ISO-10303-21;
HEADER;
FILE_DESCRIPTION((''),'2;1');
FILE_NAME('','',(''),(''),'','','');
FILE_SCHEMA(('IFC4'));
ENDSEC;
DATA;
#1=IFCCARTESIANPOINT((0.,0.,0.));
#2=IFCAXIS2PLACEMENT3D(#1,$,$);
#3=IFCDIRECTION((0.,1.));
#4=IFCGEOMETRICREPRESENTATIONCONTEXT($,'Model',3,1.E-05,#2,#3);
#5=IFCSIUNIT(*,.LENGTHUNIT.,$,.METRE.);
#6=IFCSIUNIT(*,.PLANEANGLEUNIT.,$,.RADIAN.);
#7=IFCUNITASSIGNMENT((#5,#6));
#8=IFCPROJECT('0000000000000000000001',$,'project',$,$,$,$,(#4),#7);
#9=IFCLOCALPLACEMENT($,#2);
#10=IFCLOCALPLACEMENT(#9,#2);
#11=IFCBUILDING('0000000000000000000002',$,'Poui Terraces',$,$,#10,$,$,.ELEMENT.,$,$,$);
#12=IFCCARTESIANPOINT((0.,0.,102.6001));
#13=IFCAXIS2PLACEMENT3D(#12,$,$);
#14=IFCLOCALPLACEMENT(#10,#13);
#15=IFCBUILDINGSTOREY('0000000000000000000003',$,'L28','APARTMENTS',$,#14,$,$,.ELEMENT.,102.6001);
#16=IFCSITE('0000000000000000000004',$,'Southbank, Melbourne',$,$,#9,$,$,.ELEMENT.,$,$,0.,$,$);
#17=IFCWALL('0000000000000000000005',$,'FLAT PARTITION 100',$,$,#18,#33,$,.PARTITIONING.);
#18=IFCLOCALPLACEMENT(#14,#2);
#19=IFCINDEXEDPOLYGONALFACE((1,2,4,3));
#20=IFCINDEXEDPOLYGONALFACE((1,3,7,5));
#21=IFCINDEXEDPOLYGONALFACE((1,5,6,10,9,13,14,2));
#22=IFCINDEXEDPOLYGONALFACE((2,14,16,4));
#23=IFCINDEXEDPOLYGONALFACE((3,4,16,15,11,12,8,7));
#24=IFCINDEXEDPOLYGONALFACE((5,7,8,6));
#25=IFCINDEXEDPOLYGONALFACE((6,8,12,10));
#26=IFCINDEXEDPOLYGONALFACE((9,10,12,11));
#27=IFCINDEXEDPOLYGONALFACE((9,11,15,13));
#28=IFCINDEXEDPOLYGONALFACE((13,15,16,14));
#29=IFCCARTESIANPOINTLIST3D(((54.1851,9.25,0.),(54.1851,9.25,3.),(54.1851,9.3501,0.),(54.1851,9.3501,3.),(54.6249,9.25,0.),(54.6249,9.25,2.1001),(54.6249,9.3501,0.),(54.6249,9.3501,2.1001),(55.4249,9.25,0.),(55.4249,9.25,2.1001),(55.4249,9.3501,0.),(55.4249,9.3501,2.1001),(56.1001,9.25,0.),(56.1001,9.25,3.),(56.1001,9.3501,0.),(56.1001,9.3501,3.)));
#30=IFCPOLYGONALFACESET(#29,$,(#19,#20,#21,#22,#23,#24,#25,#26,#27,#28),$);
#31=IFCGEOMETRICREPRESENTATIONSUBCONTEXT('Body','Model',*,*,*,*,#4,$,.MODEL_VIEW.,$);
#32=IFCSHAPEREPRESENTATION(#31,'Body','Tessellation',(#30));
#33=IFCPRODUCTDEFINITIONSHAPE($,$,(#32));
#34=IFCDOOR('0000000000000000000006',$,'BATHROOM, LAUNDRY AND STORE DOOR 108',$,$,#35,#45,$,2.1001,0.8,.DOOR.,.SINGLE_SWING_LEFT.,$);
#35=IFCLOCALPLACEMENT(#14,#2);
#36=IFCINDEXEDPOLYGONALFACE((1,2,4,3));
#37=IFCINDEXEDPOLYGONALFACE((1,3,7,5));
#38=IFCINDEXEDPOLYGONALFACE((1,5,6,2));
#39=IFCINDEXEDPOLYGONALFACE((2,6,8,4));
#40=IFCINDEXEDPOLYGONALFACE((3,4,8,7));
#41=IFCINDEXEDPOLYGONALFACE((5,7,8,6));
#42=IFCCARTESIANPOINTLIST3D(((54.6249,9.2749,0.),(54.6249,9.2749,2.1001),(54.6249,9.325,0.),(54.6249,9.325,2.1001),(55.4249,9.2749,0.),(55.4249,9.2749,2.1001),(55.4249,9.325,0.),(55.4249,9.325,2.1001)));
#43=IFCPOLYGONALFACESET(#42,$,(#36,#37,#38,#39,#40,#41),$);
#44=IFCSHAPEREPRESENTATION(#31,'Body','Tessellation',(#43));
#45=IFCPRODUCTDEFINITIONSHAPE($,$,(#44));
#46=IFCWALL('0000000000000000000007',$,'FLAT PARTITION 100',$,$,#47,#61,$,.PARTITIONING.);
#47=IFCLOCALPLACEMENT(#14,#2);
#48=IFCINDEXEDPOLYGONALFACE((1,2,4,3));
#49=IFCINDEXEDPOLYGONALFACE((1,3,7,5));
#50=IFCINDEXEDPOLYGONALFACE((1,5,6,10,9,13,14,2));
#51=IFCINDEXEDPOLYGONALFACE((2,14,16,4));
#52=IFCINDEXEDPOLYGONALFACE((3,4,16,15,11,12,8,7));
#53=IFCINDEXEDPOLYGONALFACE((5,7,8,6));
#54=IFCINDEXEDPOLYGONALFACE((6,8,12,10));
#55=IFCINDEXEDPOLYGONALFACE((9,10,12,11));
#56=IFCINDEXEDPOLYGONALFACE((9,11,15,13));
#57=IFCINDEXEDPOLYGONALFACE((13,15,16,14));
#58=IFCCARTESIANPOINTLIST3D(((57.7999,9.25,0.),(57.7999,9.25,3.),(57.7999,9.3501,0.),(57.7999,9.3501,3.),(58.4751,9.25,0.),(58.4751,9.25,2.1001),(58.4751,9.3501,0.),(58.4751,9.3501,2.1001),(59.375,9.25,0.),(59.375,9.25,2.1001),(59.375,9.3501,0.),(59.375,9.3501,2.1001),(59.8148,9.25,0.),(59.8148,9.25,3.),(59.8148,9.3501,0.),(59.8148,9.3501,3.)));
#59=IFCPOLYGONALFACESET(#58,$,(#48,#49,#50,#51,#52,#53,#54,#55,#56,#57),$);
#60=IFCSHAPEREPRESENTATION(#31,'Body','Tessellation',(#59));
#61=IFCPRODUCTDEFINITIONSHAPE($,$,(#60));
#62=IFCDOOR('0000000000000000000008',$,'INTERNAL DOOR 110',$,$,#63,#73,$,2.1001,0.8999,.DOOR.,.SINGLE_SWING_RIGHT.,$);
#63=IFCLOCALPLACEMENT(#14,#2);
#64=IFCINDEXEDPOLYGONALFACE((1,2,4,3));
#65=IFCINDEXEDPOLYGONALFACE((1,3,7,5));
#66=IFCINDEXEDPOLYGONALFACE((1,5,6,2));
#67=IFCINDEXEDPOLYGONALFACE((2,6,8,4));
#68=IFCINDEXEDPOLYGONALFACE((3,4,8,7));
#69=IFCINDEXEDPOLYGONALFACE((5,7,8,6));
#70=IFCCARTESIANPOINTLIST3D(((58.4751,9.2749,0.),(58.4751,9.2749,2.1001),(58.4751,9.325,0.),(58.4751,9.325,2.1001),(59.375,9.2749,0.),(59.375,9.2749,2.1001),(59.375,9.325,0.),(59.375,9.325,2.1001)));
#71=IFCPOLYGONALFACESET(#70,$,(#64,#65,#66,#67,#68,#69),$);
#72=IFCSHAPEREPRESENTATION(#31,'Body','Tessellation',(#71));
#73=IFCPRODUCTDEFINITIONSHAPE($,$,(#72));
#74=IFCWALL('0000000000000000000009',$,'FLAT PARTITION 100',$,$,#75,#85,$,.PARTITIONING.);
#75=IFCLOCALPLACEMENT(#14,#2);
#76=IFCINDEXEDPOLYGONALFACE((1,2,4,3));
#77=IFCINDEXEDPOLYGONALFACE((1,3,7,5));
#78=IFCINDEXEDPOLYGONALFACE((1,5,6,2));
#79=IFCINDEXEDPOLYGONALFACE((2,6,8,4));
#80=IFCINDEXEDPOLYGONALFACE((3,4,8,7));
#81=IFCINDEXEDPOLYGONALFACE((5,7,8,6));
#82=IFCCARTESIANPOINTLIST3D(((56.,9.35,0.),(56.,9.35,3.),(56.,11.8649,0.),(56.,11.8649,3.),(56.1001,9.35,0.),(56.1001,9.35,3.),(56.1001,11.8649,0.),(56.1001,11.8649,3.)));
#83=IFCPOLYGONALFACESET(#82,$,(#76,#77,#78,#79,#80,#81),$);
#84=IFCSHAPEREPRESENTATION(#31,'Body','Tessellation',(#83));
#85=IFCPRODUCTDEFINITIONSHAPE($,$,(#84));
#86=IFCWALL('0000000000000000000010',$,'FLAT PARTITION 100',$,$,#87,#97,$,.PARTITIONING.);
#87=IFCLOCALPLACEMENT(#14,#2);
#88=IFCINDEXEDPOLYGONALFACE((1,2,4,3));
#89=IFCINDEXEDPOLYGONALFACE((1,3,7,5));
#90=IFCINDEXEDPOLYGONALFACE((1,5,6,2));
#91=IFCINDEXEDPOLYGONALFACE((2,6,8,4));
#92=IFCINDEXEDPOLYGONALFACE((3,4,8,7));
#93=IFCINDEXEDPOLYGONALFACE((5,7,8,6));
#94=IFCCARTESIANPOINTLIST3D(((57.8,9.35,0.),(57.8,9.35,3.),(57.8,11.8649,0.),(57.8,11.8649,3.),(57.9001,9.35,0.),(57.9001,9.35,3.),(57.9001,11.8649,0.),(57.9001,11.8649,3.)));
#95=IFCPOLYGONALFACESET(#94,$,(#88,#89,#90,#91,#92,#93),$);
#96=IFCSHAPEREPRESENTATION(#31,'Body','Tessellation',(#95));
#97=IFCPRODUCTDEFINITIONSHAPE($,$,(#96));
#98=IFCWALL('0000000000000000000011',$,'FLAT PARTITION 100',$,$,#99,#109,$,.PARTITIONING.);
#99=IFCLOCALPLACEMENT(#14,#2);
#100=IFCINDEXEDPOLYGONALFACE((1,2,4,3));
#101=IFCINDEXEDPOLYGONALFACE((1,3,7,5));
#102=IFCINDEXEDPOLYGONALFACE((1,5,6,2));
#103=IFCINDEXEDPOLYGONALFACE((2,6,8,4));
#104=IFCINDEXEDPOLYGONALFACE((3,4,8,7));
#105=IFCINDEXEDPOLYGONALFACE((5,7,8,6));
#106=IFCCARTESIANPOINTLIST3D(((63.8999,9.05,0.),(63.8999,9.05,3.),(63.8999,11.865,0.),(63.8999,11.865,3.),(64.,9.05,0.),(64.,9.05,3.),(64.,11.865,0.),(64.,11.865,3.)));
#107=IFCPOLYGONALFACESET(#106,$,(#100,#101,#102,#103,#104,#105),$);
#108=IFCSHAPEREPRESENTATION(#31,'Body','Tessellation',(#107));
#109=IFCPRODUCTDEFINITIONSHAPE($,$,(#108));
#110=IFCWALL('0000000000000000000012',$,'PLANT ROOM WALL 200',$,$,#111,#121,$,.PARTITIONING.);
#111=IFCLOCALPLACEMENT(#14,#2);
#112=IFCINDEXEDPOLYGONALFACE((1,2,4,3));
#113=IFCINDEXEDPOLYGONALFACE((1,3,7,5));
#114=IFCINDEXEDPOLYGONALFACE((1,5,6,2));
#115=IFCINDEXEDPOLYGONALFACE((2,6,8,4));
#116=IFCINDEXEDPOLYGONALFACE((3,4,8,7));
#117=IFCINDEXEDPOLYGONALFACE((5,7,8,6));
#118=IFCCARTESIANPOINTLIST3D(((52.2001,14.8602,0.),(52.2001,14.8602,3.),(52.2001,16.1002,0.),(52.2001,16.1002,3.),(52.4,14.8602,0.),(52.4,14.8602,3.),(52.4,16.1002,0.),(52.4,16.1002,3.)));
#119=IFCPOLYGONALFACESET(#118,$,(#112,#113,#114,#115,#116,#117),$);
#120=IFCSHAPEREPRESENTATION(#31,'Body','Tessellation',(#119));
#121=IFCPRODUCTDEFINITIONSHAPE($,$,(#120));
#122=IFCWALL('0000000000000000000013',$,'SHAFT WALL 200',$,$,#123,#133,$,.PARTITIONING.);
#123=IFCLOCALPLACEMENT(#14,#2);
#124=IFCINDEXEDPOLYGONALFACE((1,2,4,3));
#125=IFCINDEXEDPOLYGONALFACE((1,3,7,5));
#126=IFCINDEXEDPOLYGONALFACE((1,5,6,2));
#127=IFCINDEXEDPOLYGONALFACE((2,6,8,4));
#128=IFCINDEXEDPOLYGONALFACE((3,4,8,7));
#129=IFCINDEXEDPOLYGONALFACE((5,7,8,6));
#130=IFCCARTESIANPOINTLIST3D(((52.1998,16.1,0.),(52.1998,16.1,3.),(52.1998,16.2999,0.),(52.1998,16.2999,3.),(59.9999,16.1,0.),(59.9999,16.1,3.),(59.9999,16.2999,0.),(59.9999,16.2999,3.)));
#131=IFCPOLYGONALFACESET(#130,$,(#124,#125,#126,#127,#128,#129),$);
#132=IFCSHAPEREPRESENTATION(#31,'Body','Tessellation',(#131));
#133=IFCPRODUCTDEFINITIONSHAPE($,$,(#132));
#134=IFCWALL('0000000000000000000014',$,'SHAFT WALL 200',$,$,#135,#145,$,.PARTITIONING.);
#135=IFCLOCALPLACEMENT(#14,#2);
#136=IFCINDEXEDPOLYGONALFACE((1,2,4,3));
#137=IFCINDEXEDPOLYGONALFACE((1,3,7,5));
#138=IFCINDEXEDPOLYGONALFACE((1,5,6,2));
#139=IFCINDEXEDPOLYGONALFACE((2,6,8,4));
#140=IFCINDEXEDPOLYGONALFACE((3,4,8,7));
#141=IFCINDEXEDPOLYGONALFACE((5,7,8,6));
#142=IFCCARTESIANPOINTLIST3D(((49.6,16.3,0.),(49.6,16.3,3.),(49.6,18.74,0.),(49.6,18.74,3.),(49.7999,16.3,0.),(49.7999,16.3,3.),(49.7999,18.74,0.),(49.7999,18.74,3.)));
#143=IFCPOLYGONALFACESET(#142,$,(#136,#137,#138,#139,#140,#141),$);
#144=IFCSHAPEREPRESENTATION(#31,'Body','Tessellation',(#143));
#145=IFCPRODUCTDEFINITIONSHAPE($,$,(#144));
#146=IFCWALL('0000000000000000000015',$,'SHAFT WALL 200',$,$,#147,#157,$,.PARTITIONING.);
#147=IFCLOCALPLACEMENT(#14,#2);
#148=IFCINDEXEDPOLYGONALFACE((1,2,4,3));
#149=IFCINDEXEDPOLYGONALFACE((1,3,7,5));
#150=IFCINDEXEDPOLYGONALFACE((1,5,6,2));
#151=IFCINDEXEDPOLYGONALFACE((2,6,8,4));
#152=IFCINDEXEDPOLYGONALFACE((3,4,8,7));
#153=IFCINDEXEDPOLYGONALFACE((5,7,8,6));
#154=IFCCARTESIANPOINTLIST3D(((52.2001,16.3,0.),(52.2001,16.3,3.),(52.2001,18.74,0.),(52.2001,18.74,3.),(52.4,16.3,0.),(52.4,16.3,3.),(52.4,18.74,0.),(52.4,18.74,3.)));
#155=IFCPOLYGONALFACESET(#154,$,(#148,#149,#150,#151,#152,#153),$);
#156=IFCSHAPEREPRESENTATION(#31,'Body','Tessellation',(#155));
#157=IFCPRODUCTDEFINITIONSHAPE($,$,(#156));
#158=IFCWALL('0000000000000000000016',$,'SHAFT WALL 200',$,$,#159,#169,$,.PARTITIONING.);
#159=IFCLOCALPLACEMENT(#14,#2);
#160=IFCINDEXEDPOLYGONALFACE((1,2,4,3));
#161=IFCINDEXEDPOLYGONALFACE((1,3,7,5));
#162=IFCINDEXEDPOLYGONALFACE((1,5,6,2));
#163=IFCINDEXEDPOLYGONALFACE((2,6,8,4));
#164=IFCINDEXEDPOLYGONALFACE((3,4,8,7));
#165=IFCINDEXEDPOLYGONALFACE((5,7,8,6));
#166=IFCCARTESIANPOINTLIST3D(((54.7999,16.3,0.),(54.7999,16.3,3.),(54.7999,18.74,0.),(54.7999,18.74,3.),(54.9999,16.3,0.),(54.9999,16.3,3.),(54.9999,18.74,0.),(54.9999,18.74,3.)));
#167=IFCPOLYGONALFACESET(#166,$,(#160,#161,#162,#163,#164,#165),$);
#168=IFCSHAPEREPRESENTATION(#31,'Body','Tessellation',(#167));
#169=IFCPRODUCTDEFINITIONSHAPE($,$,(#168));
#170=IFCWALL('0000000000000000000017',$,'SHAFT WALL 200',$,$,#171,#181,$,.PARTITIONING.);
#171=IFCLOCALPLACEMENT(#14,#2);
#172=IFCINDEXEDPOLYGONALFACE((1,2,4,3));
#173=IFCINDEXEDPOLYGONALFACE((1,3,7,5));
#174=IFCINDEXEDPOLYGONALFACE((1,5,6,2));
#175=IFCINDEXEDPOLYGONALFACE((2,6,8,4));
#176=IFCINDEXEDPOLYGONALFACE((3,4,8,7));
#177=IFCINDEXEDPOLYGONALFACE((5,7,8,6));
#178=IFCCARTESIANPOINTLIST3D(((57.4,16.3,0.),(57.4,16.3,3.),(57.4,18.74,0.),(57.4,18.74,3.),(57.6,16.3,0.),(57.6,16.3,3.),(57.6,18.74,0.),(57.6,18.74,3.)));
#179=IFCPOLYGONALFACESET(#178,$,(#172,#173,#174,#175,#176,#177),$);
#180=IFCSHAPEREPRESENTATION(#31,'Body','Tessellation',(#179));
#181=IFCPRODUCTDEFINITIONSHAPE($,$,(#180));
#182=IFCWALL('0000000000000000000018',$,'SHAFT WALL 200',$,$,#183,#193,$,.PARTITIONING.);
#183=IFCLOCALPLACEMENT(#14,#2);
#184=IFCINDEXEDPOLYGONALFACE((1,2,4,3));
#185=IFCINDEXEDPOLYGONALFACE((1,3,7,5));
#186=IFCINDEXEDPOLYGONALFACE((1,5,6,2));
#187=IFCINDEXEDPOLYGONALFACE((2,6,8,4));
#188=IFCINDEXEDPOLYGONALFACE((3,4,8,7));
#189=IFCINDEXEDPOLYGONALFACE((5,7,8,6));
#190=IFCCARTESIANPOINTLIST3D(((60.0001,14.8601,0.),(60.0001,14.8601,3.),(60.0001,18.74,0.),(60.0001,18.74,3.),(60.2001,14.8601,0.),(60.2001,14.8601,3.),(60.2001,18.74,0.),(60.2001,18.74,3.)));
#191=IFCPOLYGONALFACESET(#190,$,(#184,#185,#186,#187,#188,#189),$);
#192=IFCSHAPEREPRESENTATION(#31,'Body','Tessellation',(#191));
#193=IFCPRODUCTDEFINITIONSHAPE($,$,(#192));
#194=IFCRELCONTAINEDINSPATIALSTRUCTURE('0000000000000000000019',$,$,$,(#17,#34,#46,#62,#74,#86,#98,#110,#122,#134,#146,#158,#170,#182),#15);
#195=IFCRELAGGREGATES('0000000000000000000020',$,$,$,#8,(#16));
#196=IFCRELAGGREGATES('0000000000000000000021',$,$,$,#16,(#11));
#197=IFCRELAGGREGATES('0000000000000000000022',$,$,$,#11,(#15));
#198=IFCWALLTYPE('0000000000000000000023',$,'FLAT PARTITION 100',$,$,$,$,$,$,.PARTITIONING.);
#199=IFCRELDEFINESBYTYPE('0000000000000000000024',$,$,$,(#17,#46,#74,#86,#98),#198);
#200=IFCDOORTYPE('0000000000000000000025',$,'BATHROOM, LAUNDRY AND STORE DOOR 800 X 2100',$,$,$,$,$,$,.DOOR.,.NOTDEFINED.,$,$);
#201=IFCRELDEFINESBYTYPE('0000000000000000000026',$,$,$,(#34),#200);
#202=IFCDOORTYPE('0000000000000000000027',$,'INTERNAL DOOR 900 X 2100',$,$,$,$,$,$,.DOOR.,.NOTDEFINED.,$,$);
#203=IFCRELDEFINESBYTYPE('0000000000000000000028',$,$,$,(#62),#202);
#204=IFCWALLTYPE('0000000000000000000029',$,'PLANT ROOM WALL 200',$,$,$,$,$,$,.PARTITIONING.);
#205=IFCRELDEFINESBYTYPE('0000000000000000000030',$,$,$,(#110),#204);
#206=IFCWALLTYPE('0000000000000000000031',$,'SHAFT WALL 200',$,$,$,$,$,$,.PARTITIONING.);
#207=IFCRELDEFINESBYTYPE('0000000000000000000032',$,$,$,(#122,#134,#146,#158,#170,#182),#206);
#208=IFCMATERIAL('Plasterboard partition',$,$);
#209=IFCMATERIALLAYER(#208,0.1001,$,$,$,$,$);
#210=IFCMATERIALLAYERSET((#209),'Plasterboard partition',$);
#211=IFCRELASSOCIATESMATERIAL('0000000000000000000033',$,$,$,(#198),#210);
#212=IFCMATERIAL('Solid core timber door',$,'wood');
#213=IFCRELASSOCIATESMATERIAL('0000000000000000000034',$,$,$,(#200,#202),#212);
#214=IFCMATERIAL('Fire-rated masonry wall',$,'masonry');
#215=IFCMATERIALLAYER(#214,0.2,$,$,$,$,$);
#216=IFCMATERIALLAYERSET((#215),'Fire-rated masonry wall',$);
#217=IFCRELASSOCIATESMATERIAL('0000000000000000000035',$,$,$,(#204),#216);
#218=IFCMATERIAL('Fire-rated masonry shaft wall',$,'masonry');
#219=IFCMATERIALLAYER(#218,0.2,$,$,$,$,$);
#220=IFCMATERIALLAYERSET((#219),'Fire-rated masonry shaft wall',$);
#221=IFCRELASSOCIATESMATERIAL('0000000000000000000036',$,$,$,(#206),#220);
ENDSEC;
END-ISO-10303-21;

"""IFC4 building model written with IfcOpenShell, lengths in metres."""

from ifc_helpers import new_model, si_unit, direction, frame, frame_2d, origin, place, context, subcontext, project, spatial, rectangle, extrude, material, layer, layer_set, type_object, element, fill, save


model = new_model("IFC4")

# Units and contexts
model_context = context("Model", 3, precision=1e-05, world=origin(), true_north=direction((0.0, 1.0)))
body_context = subcontext(model_context, "Body", "Model", "MODEL_VIEW")
ifc_project = project(units=[si_unit("LENGTHUNIT", "METRE"), si_unit("PLANEANGLEUNIT", "RADIAN")], contexts=[model_context])

# Site, building, storey
site_placement = place(None, origin())
site = spatial("IfcSite", under=ifc_project, at=site_placement, Name="Southbank, Melbourne", CompositionType="ELEMENT", RefElevation=0.0)
building_placement = place(site_placement, origin())
building = spatial("IfcBuilding", under=site, at=building_placement, Name="Poui Terraces", CompositionType="ELEMENT")
storey_placement = place(building_placement, frame((0.0, 0.0, 102.6001)))
storey = spatial("IfcBuildingStorey", under=building, at=storey_placement, Name="L28", Description="APARTMENTS", CompositionType="ELEMENT", Elevation=102.6001)

# Walls, openings, doors
ifc_material_1 = material(Name="Plasterboard partition")
ifc_layer_1 = layer(ifc_material_1, 0.1001)
ifc_layer_set_1 = layer_set([ifc_layer_1], Name="Plasterboard partition")
wall_type_1 = type_object("IfcWallType", Name="FLAT PARTITION 100", PredefinedType="PARTITIONING", material=ifc_layer_set_1)
wall_1_placement = place(storey_placement, frame((54.1851, 9.3, 0.0), z_axis=(0.0, 0.0, 1.0), x_axis=(1.0, 0.0, 0.0)))
wall_1 = element("IfcWall", 1, at=wall_1_placement, inside=storey, type_object=wall_type_1, Name="FLAT PARTITION 100", PredefinedType="PARTITIONING", context=body_context, shape_type="SweptSolid", body=[
    extrude(rectangle(XDim=1.915, YDim=0.1001, at=frame_2d((0.9575, 0.0))), origin(), (0.0, 0.0, 1.0), 3.0),
])
opening_1_placement = place(wall_1_placement, frame((0.4399, 0.0, 0.0)))
opening_1 = element("IfcOpeningElement", 2, at=opening_1_placement, cuts=wall_1, PredefinedType="OPENING", context=body_context, shape_type="SweptSolid", body=[
    extrude(rectangle(XDim=0.8, YDim=2.1001, at=frame_2d((0.3999, 1.05))), frame((0.0, 0.0601, 0.0), z_axis=(0.0, -1.0, 0.0), x_axis=(1.0, 0.0, 0.0)), (0.0, 0.0, 1.0), 0.1201),
])
ifc_material_2 = material(Name="Solid core timber door", Category="wood")
door_type_1 = type_object("IfcDoorType", Name="BATHROOM, LAUNDRY AND STORE DOOR 800 X 2100", OperationType="NOTDEFINED", PredefinedType="DOOR", material=ifc_material_2)
door_1_placement = place(opening_1_placement, origin())
door_1 = element("IfcDoor", 3, at=door_1_placement, inside=storey, type_object=door_type_1, Name="BATHROOM, LAUNDRY AND STORE DOOR 108", OperationType="SINGLE_SWING_LEFT", OverallHeight=2.1001, OverallWidth=0.8, PredefinedType="DOOR", context=body_context, shape_type="SweptSolid", body=[
    extrude(rectangle(XDim=0.8, YDim=2.1001, at=frame_2d((0.3999, 1.05))), frame((0.0, 0.0249, 0.0), z_axis=(0.0, -1.0, 0.0), x_axis=(1.0, 0.0, 0.0)), (0.0, 0.0, 1.0), 0.05),
])
fill(opening_1, door_1)
wall_2_placement = place(storey_placement, frame((57.8, 9.3, 0.0), z_axis=(0.0, 0.0, 1.0), x_axis=(1.0, 0.0, 0.0)))
wall_2 = element("IfcWall", 4, at=wall_2_placement, inside=storey, type_object=wall_type_1, Name="FLAT PARTITION 100", PredefinedType="PARTITIONING", context=body_context, shape_type="SweptSolid", body=[
    extrude(rectangle(XDim=2.0149, YDim=0.1001, at=frame_2d((1.0073, 0.0))), origin(), (0.0, 0.0, 1.0), 3.0),
])
opening_2_placement = place(wall_2_placement, frame((0.675, 0.0, 0.0)))
opening_2 = element("IfcOpeningElement", 5, at=opening_2_placement, cuts=wall_2, PredefinedType="OPENING", context=body_context, shape_type="SweptSolid", body=[
    extrude(rectangle(XDim=0.8999, YDim=2.1001, at=frame_2d((0.45, 1.05))), frame((0.0, 0.0601, 0.0), z_axis=(0.0, -1.0, 0.0), x_axis=(1.0, 0.0, 0.0)), (0.0, 0.0, 1.0), 0.1201),
])
door_type_2 = type_object("IfcDoorType", Name="INTERNAL DOOR 900 X 2100", OperationType="NOTDEFINED", PredefinedType="DOOR", material=ifc_material_2)
door_2_placement = place(opening_2_placement, origin())
door_2 = element("IfcDoor", 6, at=door_2_placement, inside=storey, type_object=door_type_2, Name="INTERNAL DOOR 110", OperationType="SINGLE_SWING_RIGHT", OverallHeight=2.1001, OverallWidth=0.8999, PredefinedType="DOOR", context=body_context, shape_type="SweptSolid", body=[
    extrude(rectangle(XDim=0.8999, YDim=2.1001, at=frame_2d((0.45, 1.05))), frame((0.0, 0.0249, 0.0), z_axis=(0.0, -1.0, 0.0), x_axis=(1.0, 0.0, 0.0)), (0.0, 0.0, 1.0), 0.05),
])
fill(opening_2, door_2)

# Walls
for number, where, z_axis, x_axis, name in (
    (7, (56.05, 9.3501, 0.0), (0.0, 0.0, 1.0), (0.0, 1.0, 0.0), "FLAT PARTITION 100"),
    (8, (57.8501, 9.3501, 0.0), (0.0, 0.0, 1.0), (0.0, 1.0, 0.0), "FLAT PARTITION 100"),
):
    element("IfcWall", number, at=place(storey_placement, frame(where, z_axis=z_axis, x_axis=x_axis)), inside=storey, type_object=wall_type_1, Name=name, PredefinedType="PARTITIONING", context=body_context, shape_type="SweptSolid", body=[
        extrude(rectangle(XDim=2.5149, YDim=0.1001, at=frame_2d((1.2573, 0.0))), origin(), (0.0, 0.0, 1.0), 3.0),
    ])
wall_3_placement = place(storey_placement, frame((63.95, 9.05, 0.0), z_axis=(0.0, 0.0, 1.0), x_axis=(0.0, 1.0, 0.0)))
element("IfcWall", 9, at=wall_3_placement, inside=storey, type_object=wall_type_1, Name="FLAT PARTITION 100", PredefinedType="PARTITIONING", context=body_context, shape_type="SweptSolid", body=[
    extrude(rectangle(XDim=2.8149, YDim=0.1001, at=frame_2d((1.4075, 0.0))), origin(), (0.0, 0.0, 1.0), 3.0),
])
ifc_material_3 = material(Name="Fire-rated masonry wall", Category="masonry")
ifc_layer_2 = layer(ifc_material_3, 0.2)
ifc_layer_set_2 = layer_set([ifc_layer_2], Name="Fire-rated masonry wall")
wall_type_2 = type_object("IfcWallType", Name="PLANT ROOM WALL 200", PredefinedType="PARTITIONING", material=ifc_layer_set_2)
wall_4_placement = place(storey_placement, frame((52.3, 14.8601, 0.0), z_axis=(0.0, 0.0, 1.0), x_axis=(0.0, 1.0, 0.0)))
element("IfcWall", 10, at=wall_4_placement, inside=storey, type_object=wall_type_2, Name="PLANT ROOM WALL 200", PredefinedType="PARTITIONING", context=body_context, shape_type="SweptSolid", body=[
    extrude(rectangle(XDim=1.24, YDim=0.2, at=frame_2d((0.6201, 0.0))), origin(), (0.0, 0.0, 1.0), 3.0),
])
ifc_material_4 = material(Name="Fire-rated masonry shaft wall", Category="masonry")
ifc_layer_3 = layer(ifc_material_4, 0.2)
ifc_layer_set_3 = layer_set([ifc_layer_3], Name="Fire-rated masonry shaft wall")
wall_type_3 = type_object("IfcWallType", Name="SHAFT WALL 200", PredefinedType="PARTITIONING", material=ifc_layer_set_3)
wall_5_placement = place(storey_placement, frame((52.2, 16.2, 0.0), z_axis=(0.0, 0.0, 1.0), x_axis=(1.0, 0.0, 0.0)))
element("IfcWall", 11, at=wall_5_placement, inside=storey, type_object=wall_type_3, Name="SHAFT WALL 200", PredefinedType="PARTITIONING", context=body_context, shape_type="SweptSolid", body=[
    extrude(rectangle(XDim=7.8, YDim=0.2, at=frame_2d((3.8999, 0.0))), origin(), (0.0, 0.0, 1.0), 3.0),
])
for number, where, z_axis, x_axis, name in (
    (12, (49.7, 16.3, 0.0), (0.0, 0.0, 1.0), (0.0, 1.0, 0.0), "SHAFT WALL 200"),
    (13, (52.3, 16.3, 0.0), (0.0, 0.0, 1.0), (0.0, 1.0, 0.0), "SHAFT WALL 200"),
    (14, (54.8999, 16.3, 0.0), (0.0, 0.0, 1.0), (0.0, 1.0, 0.0), "SHAFT WALL 200"),
    (15, (57.5, 16.3, 0.0), (0.0, 0.0, 1.0), (0.0, 1.0, 0.0), "SHAFT WALL 200"),
):
    element("IfcWall", number, at=place(storey_placement, frame(where, z_axis=z_axis, x_axis=x_axis)), inside=storey, type_object=wall_type_3, Name=name, PredefinedType="PARTITIONING", context=body_context, shape_type="SweptSolid", body=[
        extrude(rectangle(XDim=2.4399, YDim=0.2, at=frame_2d((1.22, 0.0))), origin(), (0.0, 0.0, 1.0), 3.0),
    ])
wall_6_placement = place(storey_placement, frame((60.1001, 14.8601, 0.0), z_axis=(0.0, 0.0, 1.0), x_axis=(0.0, 1.0, 0.0)))
element("IfcWall", 16, at=wall_6_placement, inside=storey, type_object=wall_type_3, Name="SHAFT WALL 200", PredefinedType="PARTITIONING", context=body_context, shape_type="SweptSolid", body=[
    extrude(rectangle(XDim=3.8799, YDim=0.2, at=frame_2d((1.9399, 0.0))), origin(), (0.0, 0.0, 1.0), 3.0),
])

save(model, "model.ifc")
